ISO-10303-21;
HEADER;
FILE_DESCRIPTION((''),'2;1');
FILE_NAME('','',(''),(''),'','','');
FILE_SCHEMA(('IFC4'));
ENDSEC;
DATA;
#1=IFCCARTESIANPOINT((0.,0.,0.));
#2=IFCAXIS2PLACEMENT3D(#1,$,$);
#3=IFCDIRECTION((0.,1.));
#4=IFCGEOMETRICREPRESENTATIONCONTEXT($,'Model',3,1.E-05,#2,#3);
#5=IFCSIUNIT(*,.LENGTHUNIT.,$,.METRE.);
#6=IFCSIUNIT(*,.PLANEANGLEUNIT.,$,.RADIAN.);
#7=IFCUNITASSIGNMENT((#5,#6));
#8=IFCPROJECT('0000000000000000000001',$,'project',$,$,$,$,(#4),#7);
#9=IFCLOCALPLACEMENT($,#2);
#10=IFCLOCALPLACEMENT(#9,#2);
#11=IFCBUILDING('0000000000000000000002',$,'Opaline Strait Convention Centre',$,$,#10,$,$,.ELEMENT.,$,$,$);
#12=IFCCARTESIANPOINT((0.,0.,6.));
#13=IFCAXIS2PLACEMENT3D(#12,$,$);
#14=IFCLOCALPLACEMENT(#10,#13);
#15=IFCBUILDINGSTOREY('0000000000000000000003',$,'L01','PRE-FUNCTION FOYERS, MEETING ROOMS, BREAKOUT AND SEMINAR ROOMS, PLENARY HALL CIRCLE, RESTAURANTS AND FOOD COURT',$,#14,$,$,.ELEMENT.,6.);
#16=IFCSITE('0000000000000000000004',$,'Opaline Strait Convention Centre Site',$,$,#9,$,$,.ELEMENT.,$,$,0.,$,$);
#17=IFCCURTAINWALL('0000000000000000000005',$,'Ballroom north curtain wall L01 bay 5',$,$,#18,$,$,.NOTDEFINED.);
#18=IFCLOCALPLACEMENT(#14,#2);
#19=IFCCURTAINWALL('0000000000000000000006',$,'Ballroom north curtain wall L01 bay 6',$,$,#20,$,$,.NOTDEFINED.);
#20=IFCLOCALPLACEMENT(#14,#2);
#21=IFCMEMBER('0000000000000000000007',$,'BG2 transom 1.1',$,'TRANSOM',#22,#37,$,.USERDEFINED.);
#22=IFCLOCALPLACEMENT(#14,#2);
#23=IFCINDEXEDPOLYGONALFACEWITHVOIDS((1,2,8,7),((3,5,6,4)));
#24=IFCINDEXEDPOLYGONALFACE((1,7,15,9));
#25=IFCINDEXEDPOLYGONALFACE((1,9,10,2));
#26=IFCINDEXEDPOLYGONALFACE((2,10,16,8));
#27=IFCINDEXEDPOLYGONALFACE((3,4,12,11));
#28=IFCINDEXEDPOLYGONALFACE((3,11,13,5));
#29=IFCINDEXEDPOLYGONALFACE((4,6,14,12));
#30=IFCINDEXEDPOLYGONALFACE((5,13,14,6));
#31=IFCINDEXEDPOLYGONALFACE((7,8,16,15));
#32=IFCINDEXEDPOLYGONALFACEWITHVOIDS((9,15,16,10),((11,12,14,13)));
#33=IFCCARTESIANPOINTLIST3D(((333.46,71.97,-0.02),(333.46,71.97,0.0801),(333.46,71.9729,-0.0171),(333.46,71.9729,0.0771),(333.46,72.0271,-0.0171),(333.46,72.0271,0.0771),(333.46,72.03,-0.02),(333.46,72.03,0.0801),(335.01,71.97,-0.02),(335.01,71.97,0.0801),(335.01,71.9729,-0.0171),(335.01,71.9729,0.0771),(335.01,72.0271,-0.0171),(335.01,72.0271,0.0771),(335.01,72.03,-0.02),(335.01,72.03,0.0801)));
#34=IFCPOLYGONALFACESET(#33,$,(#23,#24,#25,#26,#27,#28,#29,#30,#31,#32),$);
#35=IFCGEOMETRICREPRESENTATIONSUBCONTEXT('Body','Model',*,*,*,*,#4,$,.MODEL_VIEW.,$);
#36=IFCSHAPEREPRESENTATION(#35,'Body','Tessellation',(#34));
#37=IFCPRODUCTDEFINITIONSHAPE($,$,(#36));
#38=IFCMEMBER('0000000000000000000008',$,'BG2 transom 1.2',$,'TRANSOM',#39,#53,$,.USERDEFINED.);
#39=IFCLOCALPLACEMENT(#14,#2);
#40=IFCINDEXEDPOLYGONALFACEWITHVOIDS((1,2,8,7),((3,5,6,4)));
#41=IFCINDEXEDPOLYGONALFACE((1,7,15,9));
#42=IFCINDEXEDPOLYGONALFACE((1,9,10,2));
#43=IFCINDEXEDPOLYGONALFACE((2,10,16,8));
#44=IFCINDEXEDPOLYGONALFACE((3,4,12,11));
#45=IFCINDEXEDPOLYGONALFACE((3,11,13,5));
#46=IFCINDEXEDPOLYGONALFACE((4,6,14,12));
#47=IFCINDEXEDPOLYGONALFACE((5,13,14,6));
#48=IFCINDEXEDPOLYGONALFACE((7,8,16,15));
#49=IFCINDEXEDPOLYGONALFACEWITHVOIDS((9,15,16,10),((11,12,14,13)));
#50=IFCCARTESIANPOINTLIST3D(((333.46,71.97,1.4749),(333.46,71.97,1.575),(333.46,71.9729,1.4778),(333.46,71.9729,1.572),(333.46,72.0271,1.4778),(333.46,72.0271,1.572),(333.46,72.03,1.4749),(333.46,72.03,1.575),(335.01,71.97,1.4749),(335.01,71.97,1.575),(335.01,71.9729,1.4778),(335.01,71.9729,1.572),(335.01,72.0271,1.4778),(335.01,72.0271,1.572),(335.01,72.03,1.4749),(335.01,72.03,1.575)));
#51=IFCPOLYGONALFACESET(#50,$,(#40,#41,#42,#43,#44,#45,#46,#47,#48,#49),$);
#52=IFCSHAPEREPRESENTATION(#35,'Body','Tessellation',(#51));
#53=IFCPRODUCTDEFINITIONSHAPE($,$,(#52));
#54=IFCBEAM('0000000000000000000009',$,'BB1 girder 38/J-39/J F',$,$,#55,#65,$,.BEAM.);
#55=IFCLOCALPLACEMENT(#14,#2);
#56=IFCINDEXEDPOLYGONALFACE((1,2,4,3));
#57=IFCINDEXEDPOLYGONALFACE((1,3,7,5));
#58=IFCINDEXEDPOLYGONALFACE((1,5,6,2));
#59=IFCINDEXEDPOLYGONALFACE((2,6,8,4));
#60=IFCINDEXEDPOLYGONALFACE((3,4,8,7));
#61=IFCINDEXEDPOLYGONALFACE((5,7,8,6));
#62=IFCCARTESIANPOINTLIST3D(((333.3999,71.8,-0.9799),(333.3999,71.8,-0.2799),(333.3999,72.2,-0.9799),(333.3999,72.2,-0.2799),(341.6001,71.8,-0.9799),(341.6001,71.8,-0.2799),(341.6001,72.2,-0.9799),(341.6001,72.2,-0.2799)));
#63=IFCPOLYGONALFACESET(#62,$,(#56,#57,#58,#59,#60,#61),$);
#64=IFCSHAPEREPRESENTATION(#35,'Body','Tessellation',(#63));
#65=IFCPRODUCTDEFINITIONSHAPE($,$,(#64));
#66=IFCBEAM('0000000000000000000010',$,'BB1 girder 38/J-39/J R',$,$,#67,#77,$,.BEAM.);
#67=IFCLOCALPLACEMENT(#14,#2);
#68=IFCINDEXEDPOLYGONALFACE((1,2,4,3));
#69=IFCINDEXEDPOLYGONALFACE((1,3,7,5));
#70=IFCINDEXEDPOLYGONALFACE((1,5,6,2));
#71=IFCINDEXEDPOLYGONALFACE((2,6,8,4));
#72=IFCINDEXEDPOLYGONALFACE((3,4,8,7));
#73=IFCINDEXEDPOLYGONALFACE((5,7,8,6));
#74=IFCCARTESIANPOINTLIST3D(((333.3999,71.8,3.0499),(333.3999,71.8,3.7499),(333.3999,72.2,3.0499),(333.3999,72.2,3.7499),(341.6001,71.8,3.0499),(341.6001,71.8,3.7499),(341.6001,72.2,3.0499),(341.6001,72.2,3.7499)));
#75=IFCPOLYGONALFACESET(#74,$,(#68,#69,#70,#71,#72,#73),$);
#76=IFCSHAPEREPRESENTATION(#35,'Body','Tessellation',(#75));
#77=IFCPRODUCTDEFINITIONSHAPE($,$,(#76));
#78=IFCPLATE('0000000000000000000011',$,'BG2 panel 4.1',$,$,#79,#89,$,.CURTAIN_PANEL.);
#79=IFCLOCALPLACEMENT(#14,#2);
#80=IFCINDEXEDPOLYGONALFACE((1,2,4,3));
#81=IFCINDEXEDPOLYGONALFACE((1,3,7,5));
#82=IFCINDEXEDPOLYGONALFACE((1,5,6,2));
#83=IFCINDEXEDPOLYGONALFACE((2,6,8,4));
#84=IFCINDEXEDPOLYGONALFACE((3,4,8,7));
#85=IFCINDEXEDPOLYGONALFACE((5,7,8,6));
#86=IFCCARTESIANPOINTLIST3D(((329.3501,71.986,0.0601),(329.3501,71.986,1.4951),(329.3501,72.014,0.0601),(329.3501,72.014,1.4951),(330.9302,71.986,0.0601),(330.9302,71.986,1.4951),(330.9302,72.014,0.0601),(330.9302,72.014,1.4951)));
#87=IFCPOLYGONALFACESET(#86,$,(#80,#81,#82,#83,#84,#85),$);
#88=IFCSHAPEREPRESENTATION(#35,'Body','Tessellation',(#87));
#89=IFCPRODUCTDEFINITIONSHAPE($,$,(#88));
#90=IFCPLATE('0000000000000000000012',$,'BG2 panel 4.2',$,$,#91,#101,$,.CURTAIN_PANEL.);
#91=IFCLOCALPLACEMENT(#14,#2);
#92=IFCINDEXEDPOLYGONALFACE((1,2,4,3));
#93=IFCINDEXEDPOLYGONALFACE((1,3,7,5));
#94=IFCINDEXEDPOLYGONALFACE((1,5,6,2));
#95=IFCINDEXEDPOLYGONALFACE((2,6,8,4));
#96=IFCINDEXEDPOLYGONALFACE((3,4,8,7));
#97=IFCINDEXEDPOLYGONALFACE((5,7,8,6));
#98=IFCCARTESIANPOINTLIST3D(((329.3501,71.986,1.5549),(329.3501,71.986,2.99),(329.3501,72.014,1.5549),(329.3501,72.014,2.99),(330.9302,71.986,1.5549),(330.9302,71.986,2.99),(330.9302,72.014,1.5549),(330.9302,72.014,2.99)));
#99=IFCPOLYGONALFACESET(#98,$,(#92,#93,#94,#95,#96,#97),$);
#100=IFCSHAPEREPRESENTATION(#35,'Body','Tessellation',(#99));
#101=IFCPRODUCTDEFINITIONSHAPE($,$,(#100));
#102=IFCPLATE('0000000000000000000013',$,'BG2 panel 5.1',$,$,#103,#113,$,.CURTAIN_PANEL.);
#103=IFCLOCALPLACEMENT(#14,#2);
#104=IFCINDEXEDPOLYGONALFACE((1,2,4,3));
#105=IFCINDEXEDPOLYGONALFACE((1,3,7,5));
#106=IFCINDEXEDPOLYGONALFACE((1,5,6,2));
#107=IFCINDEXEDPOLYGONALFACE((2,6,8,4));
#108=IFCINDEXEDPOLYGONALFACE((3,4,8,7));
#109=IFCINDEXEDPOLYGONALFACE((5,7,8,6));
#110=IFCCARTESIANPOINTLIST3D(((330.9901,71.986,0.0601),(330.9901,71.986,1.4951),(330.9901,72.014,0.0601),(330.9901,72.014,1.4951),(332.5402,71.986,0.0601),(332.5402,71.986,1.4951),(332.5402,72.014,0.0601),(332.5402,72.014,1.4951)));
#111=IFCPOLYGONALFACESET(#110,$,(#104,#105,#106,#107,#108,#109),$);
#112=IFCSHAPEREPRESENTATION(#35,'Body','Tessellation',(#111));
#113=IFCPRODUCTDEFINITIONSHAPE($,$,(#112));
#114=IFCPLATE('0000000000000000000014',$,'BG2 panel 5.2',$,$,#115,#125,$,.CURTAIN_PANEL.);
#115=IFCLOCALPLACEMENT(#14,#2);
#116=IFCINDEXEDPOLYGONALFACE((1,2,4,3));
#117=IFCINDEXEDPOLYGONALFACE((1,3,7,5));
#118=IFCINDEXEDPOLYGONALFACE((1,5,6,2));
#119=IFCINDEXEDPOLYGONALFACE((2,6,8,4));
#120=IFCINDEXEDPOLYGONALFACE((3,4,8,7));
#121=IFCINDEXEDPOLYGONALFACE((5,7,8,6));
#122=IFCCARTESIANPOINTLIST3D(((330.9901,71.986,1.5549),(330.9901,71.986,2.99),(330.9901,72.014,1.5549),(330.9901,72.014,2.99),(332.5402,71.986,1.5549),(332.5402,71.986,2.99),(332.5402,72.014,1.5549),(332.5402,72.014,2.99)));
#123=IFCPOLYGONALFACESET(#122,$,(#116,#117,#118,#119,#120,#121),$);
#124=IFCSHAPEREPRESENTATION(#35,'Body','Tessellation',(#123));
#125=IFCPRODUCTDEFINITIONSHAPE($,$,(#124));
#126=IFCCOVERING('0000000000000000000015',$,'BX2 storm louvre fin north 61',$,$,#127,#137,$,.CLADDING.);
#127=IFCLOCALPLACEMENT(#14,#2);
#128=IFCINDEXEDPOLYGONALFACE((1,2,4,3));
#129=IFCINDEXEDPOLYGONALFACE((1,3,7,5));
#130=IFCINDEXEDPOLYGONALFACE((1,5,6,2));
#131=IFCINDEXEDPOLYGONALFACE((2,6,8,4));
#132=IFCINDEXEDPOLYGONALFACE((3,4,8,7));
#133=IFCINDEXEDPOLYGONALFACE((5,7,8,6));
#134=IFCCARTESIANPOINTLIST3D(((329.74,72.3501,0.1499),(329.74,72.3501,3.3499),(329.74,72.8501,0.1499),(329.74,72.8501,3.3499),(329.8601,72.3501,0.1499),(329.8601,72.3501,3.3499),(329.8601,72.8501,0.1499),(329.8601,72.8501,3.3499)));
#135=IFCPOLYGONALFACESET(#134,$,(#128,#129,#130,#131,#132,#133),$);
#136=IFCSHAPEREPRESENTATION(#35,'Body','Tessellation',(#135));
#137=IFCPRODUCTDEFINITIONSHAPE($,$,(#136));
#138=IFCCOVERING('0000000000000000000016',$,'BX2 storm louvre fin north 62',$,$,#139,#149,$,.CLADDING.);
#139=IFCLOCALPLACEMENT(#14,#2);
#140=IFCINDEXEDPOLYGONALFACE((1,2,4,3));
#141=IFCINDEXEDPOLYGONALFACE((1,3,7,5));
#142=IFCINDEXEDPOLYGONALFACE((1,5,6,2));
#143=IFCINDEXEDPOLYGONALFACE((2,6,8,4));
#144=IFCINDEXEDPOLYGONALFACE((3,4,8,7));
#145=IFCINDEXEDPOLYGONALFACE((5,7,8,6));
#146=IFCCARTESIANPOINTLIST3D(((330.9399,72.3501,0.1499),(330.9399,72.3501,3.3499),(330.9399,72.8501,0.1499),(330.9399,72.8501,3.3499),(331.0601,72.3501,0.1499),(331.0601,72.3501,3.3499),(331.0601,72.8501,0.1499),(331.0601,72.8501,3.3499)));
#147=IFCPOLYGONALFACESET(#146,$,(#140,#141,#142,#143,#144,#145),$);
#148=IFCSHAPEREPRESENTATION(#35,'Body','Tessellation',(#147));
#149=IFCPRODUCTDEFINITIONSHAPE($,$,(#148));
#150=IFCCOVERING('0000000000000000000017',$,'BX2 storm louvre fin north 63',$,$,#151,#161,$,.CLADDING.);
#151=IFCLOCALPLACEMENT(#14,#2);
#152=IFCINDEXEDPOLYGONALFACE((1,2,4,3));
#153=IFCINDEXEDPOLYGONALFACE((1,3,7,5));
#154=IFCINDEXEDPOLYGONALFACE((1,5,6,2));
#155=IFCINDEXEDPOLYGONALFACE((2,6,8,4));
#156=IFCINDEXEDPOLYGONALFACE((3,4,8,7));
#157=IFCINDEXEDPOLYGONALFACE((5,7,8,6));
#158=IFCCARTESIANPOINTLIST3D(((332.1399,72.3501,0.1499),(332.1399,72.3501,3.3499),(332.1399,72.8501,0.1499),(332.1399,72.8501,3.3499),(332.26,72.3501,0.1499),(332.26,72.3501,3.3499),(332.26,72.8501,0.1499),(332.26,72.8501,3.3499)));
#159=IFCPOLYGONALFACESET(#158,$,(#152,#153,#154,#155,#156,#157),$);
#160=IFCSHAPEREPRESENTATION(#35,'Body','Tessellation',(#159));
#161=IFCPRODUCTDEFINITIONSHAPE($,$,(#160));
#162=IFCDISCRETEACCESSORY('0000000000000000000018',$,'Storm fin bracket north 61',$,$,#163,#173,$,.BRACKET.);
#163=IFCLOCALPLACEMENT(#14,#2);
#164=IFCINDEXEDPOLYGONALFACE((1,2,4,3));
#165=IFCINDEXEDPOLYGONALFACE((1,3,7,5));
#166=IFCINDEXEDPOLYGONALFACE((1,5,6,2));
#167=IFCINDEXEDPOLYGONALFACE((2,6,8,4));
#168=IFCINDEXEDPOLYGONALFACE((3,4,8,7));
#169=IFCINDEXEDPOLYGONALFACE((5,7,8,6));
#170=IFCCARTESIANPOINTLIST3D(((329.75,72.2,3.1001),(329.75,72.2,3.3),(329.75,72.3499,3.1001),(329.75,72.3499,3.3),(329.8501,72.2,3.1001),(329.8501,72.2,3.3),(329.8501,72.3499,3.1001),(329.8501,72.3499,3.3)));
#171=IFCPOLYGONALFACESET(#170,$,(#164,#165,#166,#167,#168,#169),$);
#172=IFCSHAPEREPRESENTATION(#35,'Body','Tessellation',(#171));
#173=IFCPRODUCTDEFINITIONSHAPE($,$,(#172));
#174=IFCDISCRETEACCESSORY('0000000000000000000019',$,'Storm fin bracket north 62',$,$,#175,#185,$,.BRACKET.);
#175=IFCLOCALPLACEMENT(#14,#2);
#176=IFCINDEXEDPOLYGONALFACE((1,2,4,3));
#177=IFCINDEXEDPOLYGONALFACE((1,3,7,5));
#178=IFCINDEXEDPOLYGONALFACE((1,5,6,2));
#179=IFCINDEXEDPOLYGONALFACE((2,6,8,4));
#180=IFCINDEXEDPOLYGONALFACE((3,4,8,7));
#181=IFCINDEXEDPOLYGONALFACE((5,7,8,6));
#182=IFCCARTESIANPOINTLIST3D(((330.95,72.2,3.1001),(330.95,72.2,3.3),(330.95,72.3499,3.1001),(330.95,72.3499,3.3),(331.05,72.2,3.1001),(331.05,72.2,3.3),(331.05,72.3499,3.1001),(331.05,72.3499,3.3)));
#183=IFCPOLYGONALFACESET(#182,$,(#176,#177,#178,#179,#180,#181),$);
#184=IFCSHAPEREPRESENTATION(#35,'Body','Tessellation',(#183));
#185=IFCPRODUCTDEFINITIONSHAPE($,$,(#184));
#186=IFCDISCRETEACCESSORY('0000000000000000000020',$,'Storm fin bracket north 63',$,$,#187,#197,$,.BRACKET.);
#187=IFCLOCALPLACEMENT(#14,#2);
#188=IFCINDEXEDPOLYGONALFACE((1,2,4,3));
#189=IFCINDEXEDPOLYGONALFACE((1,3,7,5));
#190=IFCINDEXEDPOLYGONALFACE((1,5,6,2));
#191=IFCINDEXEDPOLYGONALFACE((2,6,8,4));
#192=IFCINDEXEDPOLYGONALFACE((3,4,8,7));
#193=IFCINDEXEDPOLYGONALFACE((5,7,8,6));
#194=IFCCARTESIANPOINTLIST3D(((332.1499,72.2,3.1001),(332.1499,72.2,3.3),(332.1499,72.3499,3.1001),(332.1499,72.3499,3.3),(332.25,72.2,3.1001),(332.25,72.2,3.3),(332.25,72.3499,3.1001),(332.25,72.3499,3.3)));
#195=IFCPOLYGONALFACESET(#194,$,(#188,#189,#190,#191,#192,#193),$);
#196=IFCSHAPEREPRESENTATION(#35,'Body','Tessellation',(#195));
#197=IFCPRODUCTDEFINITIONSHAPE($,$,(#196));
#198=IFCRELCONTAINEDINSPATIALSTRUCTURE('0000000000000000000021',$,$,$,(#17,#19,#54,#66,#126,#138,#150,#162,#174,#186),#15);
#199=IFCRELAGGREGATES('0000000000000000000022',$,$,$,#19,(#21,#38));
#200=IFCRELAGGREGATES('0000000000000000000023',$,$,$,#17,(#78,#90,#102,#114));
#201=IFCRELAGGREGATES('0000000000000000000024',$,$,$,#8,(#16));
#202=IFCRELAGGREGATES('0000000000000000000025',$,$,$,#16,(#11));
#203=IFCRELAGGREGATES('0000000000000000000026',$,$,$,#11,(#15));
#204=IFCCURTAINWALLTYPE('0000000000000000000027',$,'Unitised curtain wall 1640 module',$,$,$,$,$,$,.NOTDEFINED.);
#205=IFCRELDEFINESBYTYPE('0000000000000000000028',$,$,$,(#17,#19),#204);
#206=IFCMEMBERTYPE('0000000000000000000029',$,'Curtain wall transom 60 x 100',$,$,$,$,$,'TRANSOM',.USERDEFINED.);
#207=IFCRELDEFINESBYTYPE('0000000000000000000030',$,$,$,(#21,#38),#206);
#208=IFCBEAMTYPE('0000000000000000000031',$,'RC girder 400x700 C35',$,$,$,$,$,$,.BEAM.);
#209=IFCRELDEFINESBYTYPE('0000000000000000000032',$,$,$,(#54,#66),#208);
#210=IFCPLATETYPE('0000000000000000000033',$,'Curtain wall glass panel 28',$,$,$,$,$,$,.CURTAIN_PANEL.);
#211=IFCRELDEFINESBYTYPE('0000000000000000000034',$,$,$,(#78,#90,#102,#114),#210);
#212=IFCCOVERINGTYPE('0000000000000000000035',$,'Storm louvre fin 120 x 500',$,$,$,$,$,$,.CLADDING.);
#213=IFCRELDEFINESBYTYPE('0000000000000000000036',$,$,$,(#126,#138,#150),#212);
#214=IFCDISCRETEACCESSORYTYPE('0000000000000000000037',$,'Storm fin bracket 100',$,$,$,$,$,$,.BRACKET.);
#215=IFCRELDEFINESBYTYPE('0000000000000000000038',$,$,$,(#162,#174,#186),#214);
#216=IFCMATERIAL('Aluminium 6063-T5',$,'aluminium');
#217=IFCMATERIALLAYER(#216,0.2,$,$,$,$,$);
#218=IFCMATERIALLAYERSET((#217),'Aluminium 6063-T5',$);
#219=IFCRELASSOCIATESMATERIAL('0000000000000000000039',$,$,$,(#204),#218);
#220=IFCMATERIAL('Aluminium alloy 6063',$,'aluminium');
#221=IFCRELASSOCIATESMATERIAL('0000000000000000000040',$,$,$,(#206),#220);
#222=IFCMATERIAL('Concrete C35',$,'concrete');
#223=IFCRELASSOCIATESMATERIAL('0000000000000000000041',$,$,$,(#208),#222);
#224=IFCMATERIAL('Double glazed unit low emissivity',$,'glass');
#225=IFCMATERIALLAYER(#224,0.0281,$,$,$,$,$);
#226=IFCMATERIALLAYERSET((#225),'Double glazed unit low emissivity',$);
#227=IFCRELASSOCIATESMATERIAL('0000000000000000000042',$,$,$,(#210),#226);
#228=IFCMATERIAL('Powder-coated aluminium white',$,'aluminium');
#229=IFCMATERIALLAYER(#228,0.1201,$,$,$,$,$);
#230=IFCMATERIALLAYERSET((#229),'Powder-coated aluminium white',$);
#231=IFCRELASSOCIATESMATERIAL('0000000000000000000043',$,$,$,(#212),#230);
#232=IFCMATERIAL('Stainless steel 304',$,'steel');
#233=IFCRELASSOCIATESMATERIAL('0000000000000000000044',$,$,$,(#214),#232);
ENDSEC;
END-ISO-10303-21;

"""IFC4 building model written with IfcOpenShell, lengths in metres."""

from ifc_helpers import new_model, si_unit, direction, frame, origin, origin_2d, place, context, subcontext, project, spatial, rectangle, hollow_rectangle, extrude, material, layer, layer_set, material_profile, profile_set, type_object, element, aggregate, save


model = new_model("IFC4")

# Units and contexts
model_context = context("Model", 3, precision=1e-05, world=origin(), true_north=direction((0.0, 1.0)))
body_context = subcontext(model_context, "Body", "Model", "MODEL_VIEW")
ifc_project = project(units=[si_unit("LENGTHUNIT", "METRE"), si_unit("PLANEANGLEUNIT", "RADIAN")], contexts=[model_context])

# Site, building, storey
site_placement = place(None, origin())
site = spatial("IfcSite", under=ifc_project, at=site_placement, Name="Opaline Strait Convention Centre Site", CompositionType="ELEMENT", RefElevation=0.0)
building_placement = place(site_placement, origin())
building = spatial("IfcBuilding", under=site, at=building_placement, Name="Opaline Strait Convention Centre", CompositionType="ELEMENT")
storey_placement = place(building_placement, frame((0.0, 0.0, 6.0)))
storey = spatial("IfcBuildingStorey", under=building, at=storey_placement, Name="L01", Description="PRE-FUNCTION FOYERS, MEETING ROOMS, BREAKOUT AND SEMINAR ROOMS, PLENARY HALL CIRCLE, RESTAURANTS AND FOOD COURT", CompositionType="ELEMENT", Elevation=6.0)

# Curtain wall
ifc_material_1 = material(Name="Aluminium 6063-T5", Category="aluminium")
ifc_layer_1 = layer(ifc_material_1, 0.2)
ifc_layer_set_1 = layer_set([ifc_layer_1], Name="Aluminium 6063-T5")
curtain_wall_type = type_object("IfcCurtainWallType", Name="Unitised curtain wall 1640 module", PredefinedType="NOTDEFINED", material=ifc_layer_set_1)
curtain_wall_1_placement = place(storey_placement, origin())
curtain_wall_1 = element("IfcCurtainWall", 1, at=curtain_wall_1_placement, inside=storey, type_object=curtain_wall_type, Name="Ballroom north curtain wall L01 bay 5", PredefinedType="NOTDEFINED")
ifc_material_2 = material(Name="Aluminium alloy 6063", Category="aluminium")

# Curtain wall
curtain_wall_2_placement = place(storey_placement, origin())
curtain_wall_2 = element("IfcCurtainWall", 2, at=curtain_wall_2_placement, inside=storey, type_object=curtain_wall_type, Name="Ballroom north curtain wall L01 bay 6", PredefinedType="NOTDEFINED")

# Members
ifc_material_profile_1 = material_profile(ifc_material_2, hollow_rectangle(XDim=0.0601, YDim=0.1001, WallThickness=0.0029, at=origin_2d()), Name="TRANSOM 60x100x3")
ifc_profile_set_1 = profile_set([ifc_material_profile_1], Name="Aluminium alloy 6063")
member_type_1 = type_object("IfcMemberType", Name="Curtain wall transom 60 x 100", ElementType="TRANSOM", PredefinedType="USERDEFINED", material=ifc_profile_set_1)
member_1_placement = place(storey_placement, frame((333.46, 72.0, 0.03), z_axis=(1.0, 0.0, 0.0), x_axis=(0.0, 1.0, 0.0)))
member_1 = element("IfcMember", 3, at=member_1_placement, type_object=member_type_1, Name="BG2 transom 1.1", ObjectType="TRANSOM", PredefinedType="USERDEFINED", context=body_context, shape_type="SweptSolid", body=[
    extrude(hollow_rectangle(XDim=0.0601, YDim=0.1001, WallThickness=0.0029, at=origin_2d()), origin(), (0.0, 0.0, 1.0), 1.55),
])
member_2_placement = place(storey_placement, frame((333.46, 72.0, 1.5249), z_axis=(1.0, 0.0, 0.0), x_axis=(0.0, 1.0, 0.0)))
member_2 = element("IfcMember", 4, at=member_2_placement, type_object=member_type_1, Name="BG2 transom 1.2", ObjectType="TRANSOM", PredefinedType="USERDEFINED", context=body_context, shape_type="SweptSolid", body=[
    extrude(hollow_rectangle(XDim=0.0601, YDim=0.1001, WallThickness=0.0029, at=origin_2d()), origin(), (0.0, 0.0, 1.0), 1.55),
])
aggregate(curtain_wall_2, [member_1, member_2])

# Beams
ifc_material_3 = material(Name="Concrete C35", Category="concrete")
ifc_material_profile_2 = material_profile(ifc_material_3, rectangle(XDim=0.3999, YDim=0.7, at=origin_2d()), Name="RC 400x700")
ifc_profile_set_2 = profile_set([ifc_material_profile_2], Name="Concrete C35")
beam_type = type_object("IfcBeamType", Name="RC girder 400x700 C35", PredefinedType="BEAM", material=ifc_profile_set_2)
for number, where, z_axis, x_axis, name in (
    (5, (333.3999, 72.0, -0.6299), (1.0, 0.0, 0.0), (0.0, 1.0, 0.0), "BB1 girder 38/J-39/J F"),
    (6, (333.3999, 72.0, 3.3999), (1.0, 0.0, 0.0), (0.0, 1.0, 0.0), "BB1 girder 38/J-39/J R"),
):
    element("IfcBeam", number, at=place(storey_placement, frame(where, z_axis=z_axis, x_axis=x_axis)), inside=storey, type_object=beam_type, Name=name, PredefinedType="BEAM", context=body_context, shape_type="SweptSolid", body=[
        extrude(rectangle(XDim=0.3999, YDim=0.7, at=origin_2d()), origin(), (0.0, 0.0, 1.0), 8.2002),
    ])

# Plates
ifc_material_4 = material(Name="Double glazed unit low emissivity", Category="glass")
ifc_layer_2 = layer(ifc_material_4, 0.0281)
ifc_layer_set_2 = layer_set([ifc_layer_2], Name="Double glazed unit low emissivity")
plate_type = type_object("IfcPlateType", Name="Curtain wall glass panel 28", PredefinedType="CURTAIN_PANEL", material=ifc_layer_set_2)
plate_1_placement = place(storey_placement, frame((330.1401, 72.0, 0.0601), z_axis=(0.0, 0.0, 1.0), x_axis=(1.0, 0.0, 0.0)))
plate_1 = element("IfcPlate", 7, at=plate_1_placement, type_object=plate_type, Name="BG2 panel 4.1", PredefinedType="CURTAIN_PANEL", context=body_context, shape_type="SweptSolid", body=[
    extrude(rectangle(XDim=1.5801, YDim=0.0281, at=origin_2d()), origin(), (0.0, 0.0, 1.0), 1.4351),
])
plate_2_placement = place(storey_placement, frame((330.1401, 72.0, 1.5549), z_axis=(0.0, 0.0, 1.0), x_axis=(1.0, 0.0, 0.0)))
plate_2 = element("IfcPlate", 8, at=plate_2_placement, type_object=plate_type, Name="BG2 panel 4.2", PredefinedType="CURTAIN_PANEL", context=body_context, shape_type="SweptSolid", body=[
    extrude(rectangle(XDim=1.5801, YDim=0.0281, at=origin_2d()), origin(), (0.0, 0.0, 1.0), 1.4351),
])
plate_3_placement = place(storey_placement, frame((331.7651, 72.0, 0.0601), z_axis=(0.0, 0.0, 1.0), x_axis=(1.0, 0.0, 0.0)))
plate_3 = element("IfcPlate", 9, at=plate_3_placement, type_object=plate_type, Name="BG2 panel 5.1", PredefinedType="CURTAIN_PANEL", context=body_context, shape_type="SweptSolid", body=[
    extrude(rectangle(XDim=1.55, YDim=0.0281, at=origin_2d()), origin(), (0.0, 0.0, 1.0), 1.4351),
])
plate_4_placement = place(storey_placement, frame((331.7651, 72.0, 1.5549), z_axis=(0.0, 0.0, 1.0), x_axis=(1.0, 0.0, 0.0)))
plate_4 = element("IfcPlate", 10, at=plate_4_placement, type_object=plate_type, Name="BG2 panel 5.2", PredefinedType="CURTAIN_PANEL", context=body_context, shape_type="SweptSolid", body=[
    extrude(rectangle(XDim=1.55, YDim=0.0281, at=origin_2d()), origin(), (0.0, 0.0, 1.0), 1.4351),
])
aggregate(curtain_wall_1, [plate_1, plate_2, plate_3, plate_4])

# Coverings
ifc_material_5 = material(Name="Powder-coated aluminium white", Category="aluminium")
ifc_layer_3 = layer(ifc_material_5, 0.1201)
ifc_layer_set_3 = layer_set([ifc_layer_3], Name="Powder-coated aluminium white")
covering_type = type_object("IfcCoveringType", Name="Storm louvre fin 120 x 500", PredefinedType="CLADDING", material=ifc_layer_set_3)
for number, where, z_axis, x_axis, name in (
    (11, (329.8, 72.6001, 0.1499), (0.0, 0.0, 1.0), (1.0, 0.0, 0.0), "BX2 storm louvre fin north 61"),
    (12, (331.0, 72.6001, 0.1499), (0.0, 0.0, 1.0), (1.0, 0.0, 0.0), "BX2 storm louvre fin north 62"),
    (13, (332.2, 72.6001, 0.1499), (0.0, 0.0, 1.0), (1.0, 0.0, 0.0), "BX2 storm louvre fin north 63"),
):
    element("IfcCovering", number, at=place(storey_placement, frame(where, z_axis=z_axis, x_axis=x_axis)), inside=storey, type_object=covering_type, Name=name, PredefinedType="CLADDING", context=body_context, shape_type="SweptSolid", body=[
        extrude(rectangle(XDim=0.1201, YDim=0.5, at=origin_2d()), origin(), (0.0, 0.0, 1.0), 3.2),
    ])

# Discrete accessories
ifc_material_6 = material(Name="Stainless steel 304", Category="steel")
discrete_accessory_type = type_object("IfcDiscreteAccessoryType", Name="Storm fin bracket 100", PredefinedType="BRACKET", material=ifc_material_6)
for number, where, z_axis, x_axis, name in (
    (14, (329.8, 72.2749, 3.1001), (0.0, 0.0, 1.0), (1.0, 0.0, 0.0), "Storm fin bracket north 61"),
    (15, (331.0, 72.2749, 3.1001), (0.0, 0.0, 1.0), (1.0, 0.0, 0.0), "Storm fin bracket north 62"),
    (16, (332.2, 72.2749, 3.1001), (0.0, 0.0, 1.0), (1.0, 0.0, 0.0), "Storm fin bracket north 63"),
):
    element("IfcDiscreteAccessory", number, at=place(storey_placement, frame(where, z_axis=z_axis, x_axis=x_axis)), inside=storey, type_object=discrete_accessory_type, Name=name, PredefinedType="BRACKET", context=body_context, shape_type="SweptSolid", body=[
        extrude(rectangle(XDim=0.1001, YDim=0.1499, at=origin_2d()), origin(), (0.0, 0.0, 1.0), 0.2),
    ])

save(model, "model.ifc")
